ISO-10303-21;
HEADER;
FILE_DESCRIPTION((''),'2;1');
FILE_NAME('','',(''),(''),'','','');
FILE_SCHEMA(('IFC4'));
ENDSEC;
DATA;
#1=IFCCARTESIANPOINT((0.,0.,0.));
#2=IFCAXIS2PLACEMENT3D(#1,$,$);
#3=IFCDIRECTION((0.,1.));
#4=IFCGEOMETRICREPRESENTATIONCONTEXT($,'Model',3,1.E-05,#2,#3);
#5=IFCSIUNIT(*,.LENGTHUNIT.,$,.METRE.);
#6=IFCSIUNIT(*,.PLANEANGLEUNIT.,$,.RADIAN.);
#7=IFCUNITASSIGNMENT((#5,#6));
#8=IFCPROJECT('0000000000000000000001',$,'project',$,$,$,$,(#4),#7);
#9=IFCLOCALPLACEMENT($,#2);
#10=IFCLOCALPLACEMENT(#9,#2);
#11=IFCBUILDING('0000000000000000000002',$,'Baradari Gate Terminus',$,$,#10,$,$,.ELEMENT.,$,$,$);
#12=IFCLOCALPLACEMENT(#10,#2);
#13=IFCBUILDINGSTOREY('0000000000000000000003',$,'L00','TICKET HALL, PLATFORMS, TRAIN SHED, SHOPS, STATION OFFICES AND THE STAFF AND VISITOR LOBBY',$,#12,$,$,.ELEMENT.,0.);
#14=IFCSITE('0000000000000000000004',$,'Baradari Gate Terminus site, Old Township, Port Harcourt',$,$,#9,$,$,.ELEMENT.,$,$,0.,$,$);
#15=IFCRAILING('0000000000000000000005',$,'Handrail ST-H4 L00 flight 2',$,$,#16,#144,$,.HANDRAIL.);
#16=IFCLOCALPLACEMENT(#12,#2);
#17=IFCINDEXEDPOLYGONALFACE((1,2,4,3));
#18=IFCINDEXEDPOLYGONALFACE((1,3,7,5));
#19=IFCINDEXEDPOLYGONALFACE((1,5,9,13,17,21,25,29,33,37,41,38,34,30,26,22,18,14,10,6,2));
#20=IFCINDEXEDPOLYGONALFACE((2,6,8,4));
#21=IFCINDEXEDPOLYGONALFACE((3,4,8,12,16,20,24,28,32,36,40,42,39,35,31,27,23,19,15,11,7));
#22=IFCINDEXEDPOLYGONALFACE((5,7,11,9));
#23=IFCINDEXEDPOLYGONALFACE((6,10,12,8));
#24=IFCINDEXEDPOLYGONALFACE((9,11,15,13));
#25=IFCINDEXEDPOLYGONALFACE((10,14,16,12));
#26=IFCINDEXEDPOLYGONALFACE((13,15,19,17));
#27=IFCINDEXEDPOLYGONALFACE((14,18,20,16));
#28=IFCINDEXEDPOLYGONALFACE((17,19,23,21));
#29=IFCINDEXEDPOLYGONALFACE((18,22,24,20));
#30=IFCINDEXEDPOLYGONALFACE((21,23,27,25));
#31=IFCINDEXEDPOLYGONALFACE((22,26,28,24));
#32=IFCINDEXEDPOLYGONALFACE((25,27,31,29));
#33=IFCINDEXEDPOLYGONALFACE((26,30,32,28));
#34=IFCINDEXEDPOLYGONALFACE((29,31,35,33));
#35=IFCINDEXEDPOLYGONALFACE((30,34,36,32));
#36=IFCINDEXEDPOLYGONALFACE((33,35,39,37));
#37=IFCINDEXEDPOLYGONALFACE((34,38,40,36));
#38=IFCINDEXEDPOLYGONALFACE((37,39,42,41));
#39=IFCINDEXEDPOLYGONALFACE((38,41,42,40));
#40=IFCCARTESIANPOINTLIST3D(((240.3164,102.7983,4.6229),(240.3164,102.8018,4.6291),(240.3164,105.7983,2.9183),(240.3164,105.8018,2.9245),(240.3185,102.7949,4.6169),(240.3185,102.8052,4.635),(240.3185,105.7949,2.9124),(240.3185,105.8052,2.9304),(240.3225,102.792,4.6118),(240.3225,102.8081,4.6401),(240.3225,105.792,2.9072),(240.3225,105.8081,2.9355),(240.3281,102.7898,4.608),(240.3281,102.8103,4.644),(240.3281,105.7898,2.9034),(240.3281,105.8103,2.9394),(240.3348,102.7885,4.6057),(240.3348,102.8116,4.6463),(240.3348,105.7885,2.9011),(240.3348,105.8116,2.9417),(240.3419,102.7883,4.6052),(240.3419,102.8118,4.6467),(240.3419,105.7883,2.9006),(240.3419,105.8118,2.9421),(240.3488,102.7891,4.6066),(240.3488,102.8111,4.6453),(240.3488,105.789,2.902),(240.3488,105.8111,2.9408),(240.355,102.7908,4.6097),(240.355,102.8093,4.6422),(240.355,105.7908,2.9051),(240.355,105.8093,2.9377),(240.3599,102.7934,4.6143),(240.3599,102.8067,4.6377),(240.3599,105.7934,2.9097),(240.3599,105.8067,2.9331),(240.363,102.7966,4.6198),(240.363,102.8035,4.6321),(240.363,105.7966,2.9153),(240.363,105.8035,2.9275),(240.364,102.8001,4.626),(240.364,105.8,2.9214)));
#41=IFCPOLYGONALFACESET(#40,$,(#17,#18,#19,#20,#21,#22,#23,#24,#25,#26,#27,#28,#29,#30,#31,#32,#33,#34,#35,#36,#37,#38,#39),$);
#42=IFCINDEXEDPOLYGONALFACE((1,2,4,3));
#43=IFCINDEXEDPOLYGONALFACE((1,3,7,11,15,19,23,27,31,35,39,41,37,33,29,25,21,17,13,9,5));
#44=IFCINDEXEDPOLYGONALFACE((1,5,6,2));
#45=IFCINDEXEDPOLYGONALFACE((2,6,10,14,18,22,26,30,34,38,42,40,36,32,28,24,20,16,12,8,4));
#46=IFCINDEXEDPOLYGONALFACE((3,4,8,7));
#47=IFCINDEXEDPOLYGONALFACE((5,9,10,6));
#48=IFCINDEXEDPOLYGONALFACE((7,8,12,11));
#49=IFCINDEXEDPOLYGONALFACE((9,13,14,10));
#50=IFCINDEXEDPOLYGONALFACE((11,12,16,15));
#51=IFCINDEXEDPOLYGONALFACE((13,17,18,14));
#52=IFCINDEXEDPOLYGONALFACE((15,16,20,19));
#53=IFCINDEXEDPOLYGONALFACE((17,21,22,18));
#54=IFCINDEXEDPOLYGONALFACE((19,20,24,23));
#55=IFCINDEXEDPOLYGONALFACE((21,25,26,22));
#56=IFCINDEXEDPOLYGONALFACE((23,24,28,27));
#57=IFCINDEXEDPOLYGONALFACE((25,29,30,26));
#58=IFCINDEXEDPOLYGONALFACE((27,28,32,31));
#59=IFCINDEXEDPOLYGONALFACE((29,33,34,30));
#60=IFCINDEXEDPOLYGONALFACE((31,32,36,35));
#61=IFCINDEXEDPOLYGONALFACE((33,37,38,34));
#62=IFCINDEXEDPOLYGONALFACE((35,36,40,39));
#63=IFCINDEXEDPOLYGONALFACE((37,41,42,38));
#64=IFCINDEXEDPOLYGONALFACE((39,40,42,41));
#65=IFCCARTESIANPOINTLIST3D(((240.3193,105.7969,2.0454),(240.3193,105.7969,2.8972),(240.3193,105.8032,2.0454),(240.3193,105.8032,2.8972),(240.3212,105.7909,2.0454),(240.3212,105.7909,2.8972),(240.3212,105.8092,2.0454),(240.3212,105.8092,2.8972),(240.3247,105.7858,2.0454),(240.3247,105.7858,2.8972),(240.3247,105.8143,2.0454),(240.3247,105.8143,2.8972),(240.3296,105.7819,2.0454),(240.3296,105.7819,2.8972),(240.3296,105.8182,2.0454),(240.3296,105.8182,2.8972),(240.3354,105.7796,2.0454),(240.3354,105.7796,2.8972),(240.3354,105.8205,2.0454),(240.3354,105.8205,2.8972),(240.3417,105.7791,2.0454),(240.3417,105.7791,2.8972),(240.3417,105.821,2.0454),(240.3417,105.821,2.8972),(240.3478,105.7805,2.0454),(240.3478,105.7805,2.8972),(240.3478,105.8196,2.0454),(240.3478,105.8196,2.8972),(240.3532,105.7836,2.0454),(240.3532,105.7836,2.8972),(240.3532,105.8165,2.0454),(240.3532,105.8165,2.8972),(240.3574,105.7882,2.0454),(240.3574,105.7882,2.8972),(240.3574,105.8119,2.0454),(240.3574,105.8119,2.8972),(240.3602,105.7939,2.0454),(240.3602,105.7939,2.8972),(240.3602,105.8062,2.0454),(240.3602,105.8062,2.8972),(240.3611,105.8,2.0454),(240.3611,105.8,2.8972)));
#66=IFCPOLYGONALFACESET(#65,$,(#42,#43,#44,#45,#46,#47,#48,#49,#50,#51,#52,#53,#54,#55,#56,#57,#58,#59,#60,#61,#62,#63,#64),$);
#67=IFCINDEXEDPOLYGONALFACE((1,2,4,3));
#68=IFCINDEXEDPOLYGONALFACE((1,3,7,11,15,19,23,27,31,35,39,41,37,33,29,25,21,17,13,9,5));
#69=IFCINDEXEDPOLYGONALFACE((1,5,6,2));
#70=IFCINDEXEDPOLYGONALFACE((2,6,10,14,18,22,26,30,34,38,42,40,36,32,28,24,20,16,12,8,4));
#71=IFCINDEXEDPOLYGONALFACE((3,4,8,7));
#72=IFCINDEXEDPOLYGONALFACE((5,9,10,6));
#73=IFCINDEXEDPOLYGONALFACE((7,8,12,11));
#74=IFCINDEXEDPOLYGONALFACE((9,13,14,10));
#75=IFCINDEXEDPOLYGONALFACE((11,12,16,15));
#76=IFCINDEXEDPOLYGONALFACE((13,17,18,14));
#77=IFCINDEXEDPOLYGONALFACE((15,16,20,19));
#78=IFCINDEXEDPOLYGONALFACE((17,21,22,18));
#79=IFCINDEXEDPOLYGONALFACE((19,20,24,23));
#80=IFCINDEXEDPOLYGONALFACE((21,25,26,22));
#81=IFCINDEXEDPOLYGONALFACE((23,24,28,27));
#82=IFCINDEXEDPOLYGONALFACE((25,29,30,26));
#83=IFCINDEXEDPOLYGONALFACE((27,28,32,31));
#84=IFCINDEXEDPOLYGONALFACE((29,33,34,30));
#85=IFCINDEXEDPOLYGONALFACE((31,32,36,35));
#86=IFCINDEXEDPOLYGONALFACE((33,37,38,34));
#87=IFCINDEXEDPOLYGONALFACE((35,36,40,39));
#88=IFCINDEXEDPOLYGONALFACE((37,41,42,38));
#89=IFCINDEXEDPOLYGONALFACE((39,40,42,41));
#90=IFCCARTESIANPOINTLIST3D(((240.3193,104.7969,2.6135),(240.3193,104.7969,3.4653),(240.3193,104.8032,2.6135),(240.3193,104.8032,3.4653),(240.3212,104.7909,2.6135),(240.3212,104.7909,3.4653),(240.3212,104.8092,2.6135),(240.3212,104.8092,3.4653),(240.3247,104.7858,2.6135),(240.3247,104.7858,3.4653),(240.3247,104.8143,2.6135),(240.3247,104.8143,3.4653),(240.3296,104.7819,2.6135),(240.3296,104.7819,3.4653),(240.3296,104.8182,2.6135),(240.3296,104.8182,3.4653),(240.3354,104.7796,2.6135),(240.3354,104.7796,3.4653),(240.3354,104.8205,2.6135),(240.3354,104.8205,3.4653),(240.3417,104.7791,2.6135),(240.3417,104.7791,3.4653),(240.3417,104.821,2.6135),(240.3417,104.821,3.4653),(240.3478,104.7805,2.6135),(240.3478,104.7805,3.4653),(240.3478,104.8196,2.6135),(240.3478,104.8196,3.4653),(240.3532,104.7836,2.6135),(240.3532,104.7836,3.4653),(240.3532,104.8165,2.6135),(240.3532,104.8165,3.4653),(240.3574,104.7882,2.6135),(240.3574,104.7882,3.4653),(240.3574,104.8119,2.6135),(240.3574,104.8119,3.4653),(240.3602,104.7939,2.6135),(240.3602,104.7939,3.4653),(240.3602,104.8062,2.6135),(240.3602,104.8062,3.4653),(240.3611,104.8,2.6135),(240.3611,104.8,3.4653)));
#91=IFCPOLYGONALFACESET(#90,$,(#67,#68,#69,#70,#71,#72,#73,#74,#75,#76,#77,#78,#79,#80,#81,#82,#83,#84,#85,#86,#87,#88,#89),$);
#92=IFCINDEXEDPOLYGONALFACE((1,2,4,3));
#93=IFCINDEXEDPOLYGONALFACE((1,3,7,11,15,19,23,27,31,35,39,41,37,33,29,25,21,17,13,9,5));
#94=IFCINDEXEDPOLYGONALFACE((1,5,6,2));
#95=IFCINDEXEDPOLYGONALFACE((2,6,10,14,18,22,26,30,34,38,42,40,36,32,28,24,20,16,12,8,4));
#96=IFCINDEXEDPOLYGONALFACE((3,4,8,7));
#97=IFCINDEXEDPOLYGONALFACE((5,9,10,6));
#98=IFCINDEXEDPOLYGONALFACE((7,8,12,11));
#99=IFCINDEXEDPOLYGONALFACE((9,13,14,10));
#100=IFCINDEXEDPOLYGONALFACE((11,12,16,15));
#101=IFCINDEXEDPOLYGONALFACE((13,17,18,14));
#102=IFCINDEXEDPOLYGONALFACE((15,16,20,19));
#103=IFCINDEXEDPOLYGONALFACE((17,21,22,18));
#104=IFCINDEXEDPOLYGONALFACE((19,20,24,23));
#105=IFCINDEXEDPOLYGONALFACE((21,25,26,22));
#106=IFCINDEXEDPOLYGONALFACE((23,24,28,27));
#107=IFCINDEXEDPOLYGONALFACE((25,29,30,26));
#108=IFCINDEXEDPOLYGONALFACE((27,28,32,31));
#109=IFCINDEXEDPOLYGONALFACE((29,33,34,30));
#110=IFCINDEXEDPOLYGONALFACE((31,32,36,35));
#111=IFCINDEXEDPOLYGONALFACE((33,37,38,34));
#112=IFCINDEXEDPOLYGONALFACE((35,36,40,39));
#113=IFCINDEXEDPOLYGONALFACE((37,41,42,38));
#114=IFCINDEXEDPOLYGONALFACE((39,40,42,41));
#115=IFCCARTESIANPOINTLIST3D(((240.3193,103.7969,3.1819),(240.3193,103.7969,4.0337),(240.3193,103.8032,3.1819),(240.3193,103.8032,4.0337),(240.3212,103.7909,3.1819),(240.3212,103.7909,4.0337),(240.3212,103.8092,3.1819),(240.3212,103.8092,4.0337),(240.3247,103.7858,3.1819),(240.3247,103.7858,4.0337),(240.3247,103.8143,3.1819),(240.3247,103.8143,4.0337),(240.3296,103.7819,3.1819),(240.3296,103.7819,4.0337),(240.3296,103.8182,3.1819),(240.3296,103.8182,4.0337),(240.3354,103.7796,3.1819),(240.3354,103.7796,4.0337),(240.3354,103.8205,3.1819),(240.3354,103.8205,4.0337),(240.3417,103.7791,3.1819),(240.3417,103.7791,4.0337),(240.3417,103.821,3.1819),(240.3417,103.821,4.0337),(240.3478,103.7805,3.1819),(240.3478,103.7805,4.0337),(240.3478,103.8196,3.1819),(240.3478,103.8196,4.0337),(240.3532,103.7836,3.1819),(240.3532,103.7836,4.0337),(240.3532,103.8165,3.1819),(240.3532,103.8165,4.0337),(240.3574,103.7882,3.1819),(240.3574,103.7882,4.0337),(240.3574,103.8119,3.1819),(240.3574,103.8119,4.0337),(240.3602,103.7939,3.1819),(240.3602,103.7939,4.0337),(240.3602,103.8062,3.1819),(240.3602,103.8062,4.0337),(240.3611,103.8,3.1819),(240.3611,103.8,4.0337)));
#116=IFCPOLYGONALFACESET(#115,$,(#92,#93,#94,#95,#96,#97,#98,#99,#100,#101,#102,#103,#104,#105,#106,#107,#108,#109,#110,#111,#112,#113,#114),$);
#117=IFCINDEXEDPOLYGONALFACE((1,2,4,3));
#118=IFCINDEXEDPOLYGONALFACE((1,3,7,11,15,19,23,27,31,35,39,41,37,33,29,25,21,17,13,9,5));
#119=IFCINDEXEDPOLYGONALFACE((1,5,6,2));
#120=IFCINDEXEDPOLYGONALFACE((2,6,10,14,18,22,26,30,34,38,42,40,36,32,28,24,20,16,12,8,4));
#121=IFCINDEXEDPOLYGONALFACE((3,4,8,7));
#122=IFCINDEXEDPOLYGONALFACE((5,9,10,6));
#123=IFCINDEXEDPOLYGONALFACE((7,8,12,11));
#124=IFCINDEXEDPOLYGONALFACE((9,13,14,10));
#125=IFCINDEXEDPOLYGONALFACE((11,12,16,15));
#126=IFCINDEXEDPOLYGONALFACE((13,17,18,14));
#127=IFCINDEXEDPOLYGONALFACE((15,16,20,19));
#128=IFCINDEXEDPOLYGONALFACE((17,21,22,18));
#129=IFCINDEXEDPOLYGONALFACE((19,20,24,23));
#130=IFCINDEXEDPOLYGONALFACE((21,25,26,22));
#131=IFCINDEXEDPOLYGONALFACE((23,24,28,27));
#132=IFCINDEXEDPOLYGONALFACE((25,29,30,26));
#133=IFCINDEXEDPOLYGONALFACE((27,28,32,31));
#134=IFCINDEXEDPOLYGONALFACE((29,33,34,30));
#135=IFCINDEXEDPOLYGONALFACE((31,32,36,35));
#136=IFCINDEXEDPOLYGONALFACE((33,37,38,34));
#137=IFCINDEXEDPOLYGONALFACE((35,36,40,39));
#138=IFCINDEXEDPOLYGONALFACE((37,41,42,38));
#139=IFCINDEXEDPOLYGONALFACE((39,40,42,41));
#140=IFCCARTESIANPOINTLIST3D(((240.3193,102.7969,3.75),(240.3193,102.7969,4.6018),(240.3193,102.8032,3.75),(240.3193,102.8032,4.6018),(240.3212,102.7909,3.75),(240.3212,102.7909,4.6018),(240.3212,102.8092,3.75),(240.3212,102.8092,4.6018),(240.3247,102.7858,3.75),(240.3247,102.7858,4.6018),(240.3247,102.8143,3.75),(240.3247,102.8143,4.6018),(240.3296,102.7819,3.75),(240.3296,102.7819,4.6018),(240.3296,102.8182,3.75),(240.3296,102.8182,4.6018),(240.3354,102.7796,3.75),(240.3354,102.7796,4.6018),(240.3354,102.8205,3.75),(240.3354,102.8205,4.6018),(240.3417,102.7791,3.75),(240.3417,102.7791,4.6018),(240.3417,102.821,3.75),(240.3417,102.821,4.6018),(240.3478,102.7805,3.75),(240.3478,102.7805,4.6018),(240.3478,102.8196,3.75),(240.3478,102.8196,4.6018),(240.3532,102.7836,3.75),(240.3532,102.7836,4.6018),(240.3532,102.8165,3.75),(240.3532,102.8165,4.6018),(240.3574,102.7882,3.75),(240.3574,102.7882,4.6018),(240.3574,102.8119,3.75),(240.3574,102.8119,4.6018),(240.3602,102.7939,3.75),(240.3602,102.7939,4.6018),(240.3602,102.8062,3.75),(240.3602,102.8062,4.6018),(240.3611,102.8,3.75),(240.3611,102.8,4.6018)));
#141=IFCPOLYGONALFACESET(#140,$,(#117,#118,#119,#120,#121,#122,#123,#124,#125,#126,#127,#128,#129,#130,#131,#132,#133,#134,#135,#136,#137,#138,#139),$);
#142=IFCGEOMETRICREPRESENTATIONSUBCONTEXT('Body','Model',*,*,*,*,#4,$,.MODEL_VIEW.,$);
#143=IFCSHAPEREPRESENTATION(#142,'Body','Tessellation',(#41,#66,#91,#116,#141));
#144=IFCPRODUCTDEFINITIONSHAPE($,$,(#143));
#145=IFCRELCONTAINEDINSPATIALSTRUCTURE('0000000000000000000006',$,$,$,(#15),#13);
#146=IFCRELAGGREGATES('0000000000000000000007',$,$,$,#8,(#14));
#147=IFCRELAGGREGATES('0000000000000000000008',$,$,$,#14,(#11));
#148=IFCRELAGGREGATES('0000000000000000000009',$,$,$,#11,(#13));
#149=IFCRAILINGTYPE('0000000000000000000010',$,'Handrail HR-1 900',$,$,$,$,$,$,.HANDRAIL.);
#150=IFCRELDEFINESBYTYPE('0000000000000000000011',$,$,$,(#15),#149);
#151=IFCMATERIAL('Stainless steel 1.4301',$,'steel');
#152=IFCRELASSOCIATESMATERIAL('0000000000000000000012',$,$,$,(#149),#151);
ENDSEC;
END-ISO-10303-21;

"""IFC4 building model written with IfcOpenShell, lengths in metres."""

from ifc_helpers import new_model, si_unit, direction, frame, origin, origin_2d, place, context, subcontext, project, spatial, circle, extrude, material, type_object, element, save


model = new_model("IFC4")

# Units and contexts
model_context = context("Model", 3, precision=1e-05, world=origin(), true_north=direction((0.0, 1.0)))
body_context = subcontext(model_context, "Body", "Model", "MODEL_VIEW")
ifc_project = project(units=[si_unit("LENGTHUNIT", "METRE"), si_unit("PLANEANGLEUNIT", "RADIAN")], contexts=[model_context])

# Site, building, storey
site_placement = place(None, origin())
site = spatial("IfcSite", under=ifc_project, at=site_placement, Name="Baradari Gate Terminus site, Old Township, Port Harcourt", CompositionType="ELEMENT", RefElevation=0.0)
building_placement = place(site_placement, origin())
building = spatial("IfcBuilding", under=site, at=building_placement, Name="Baradari Gate Terminus", CompositionType="ELEMENT")
storey_placement = place(building_placement, origin())
storey = spatial("IfcBuildingStorey", under=building, at=storey_placement, Name="L00", Description="TICKET HALL, PLATFORMS, TRAIN SHED, SHOPS, STATION OFFICES AND THE STAFF AND VISITOR LOBBY", CompositionType="ELEMENT", Elevation=0.0)

# Railing
ifc_material_1 = material(Name="Stainless steel 1.4301", Category="steel")
railing_type_1 = type_object("IfcRailingType", Name="Handrail HR-1 900", PredefinedType="HANDRAIL", material=ifc_material_1)
for number, where, name in (
    (1, (240.3401, 105.8, 2.0454), "Handrail ST-H4 L00 flight 2"),
):
    element("IfcRailing", number, at=place(storey_placement, frame(where)), inside=storey, type_object=railing_type_1, Name=name, PredefinedType="HANDRAIL", context=body_context, shape_type="SweptSolid", body=[
        extrude(circle(Radius=0.0239, at=origin_2d()), frame((0.0, 0.0, 0.876), z_axis=(0.0, -0.869451, 0.494019), x_axis=(1.0, 0.0, 0.0)), (0.0, 0.0, 1.0), 3.4504),
        extrude(circle(Radius=0.021, at=origin_2d()), origin(), (0.0, 0.0, 1.0), 0.8518),
        extrude(circle(Radius=0.021, at=origin_2d()), frame((0.0, -1.0, 0.5681)), (0.0, 0.0, 1.0), 0.8518),
        extrude(circle(Radius=0.021, at=origin_2d()), frame((0.0, -2.0, 1.1365)), (0.0, 0.0, 1.0), 0.8518),
        extrude(circle(Radius=0.021, at=origin_2d()), frame((0.0, -3.0, 1.7046)), (0.0, 0.0, 1.0), 0.8518),
    ])

save(model, "model.ifc")
